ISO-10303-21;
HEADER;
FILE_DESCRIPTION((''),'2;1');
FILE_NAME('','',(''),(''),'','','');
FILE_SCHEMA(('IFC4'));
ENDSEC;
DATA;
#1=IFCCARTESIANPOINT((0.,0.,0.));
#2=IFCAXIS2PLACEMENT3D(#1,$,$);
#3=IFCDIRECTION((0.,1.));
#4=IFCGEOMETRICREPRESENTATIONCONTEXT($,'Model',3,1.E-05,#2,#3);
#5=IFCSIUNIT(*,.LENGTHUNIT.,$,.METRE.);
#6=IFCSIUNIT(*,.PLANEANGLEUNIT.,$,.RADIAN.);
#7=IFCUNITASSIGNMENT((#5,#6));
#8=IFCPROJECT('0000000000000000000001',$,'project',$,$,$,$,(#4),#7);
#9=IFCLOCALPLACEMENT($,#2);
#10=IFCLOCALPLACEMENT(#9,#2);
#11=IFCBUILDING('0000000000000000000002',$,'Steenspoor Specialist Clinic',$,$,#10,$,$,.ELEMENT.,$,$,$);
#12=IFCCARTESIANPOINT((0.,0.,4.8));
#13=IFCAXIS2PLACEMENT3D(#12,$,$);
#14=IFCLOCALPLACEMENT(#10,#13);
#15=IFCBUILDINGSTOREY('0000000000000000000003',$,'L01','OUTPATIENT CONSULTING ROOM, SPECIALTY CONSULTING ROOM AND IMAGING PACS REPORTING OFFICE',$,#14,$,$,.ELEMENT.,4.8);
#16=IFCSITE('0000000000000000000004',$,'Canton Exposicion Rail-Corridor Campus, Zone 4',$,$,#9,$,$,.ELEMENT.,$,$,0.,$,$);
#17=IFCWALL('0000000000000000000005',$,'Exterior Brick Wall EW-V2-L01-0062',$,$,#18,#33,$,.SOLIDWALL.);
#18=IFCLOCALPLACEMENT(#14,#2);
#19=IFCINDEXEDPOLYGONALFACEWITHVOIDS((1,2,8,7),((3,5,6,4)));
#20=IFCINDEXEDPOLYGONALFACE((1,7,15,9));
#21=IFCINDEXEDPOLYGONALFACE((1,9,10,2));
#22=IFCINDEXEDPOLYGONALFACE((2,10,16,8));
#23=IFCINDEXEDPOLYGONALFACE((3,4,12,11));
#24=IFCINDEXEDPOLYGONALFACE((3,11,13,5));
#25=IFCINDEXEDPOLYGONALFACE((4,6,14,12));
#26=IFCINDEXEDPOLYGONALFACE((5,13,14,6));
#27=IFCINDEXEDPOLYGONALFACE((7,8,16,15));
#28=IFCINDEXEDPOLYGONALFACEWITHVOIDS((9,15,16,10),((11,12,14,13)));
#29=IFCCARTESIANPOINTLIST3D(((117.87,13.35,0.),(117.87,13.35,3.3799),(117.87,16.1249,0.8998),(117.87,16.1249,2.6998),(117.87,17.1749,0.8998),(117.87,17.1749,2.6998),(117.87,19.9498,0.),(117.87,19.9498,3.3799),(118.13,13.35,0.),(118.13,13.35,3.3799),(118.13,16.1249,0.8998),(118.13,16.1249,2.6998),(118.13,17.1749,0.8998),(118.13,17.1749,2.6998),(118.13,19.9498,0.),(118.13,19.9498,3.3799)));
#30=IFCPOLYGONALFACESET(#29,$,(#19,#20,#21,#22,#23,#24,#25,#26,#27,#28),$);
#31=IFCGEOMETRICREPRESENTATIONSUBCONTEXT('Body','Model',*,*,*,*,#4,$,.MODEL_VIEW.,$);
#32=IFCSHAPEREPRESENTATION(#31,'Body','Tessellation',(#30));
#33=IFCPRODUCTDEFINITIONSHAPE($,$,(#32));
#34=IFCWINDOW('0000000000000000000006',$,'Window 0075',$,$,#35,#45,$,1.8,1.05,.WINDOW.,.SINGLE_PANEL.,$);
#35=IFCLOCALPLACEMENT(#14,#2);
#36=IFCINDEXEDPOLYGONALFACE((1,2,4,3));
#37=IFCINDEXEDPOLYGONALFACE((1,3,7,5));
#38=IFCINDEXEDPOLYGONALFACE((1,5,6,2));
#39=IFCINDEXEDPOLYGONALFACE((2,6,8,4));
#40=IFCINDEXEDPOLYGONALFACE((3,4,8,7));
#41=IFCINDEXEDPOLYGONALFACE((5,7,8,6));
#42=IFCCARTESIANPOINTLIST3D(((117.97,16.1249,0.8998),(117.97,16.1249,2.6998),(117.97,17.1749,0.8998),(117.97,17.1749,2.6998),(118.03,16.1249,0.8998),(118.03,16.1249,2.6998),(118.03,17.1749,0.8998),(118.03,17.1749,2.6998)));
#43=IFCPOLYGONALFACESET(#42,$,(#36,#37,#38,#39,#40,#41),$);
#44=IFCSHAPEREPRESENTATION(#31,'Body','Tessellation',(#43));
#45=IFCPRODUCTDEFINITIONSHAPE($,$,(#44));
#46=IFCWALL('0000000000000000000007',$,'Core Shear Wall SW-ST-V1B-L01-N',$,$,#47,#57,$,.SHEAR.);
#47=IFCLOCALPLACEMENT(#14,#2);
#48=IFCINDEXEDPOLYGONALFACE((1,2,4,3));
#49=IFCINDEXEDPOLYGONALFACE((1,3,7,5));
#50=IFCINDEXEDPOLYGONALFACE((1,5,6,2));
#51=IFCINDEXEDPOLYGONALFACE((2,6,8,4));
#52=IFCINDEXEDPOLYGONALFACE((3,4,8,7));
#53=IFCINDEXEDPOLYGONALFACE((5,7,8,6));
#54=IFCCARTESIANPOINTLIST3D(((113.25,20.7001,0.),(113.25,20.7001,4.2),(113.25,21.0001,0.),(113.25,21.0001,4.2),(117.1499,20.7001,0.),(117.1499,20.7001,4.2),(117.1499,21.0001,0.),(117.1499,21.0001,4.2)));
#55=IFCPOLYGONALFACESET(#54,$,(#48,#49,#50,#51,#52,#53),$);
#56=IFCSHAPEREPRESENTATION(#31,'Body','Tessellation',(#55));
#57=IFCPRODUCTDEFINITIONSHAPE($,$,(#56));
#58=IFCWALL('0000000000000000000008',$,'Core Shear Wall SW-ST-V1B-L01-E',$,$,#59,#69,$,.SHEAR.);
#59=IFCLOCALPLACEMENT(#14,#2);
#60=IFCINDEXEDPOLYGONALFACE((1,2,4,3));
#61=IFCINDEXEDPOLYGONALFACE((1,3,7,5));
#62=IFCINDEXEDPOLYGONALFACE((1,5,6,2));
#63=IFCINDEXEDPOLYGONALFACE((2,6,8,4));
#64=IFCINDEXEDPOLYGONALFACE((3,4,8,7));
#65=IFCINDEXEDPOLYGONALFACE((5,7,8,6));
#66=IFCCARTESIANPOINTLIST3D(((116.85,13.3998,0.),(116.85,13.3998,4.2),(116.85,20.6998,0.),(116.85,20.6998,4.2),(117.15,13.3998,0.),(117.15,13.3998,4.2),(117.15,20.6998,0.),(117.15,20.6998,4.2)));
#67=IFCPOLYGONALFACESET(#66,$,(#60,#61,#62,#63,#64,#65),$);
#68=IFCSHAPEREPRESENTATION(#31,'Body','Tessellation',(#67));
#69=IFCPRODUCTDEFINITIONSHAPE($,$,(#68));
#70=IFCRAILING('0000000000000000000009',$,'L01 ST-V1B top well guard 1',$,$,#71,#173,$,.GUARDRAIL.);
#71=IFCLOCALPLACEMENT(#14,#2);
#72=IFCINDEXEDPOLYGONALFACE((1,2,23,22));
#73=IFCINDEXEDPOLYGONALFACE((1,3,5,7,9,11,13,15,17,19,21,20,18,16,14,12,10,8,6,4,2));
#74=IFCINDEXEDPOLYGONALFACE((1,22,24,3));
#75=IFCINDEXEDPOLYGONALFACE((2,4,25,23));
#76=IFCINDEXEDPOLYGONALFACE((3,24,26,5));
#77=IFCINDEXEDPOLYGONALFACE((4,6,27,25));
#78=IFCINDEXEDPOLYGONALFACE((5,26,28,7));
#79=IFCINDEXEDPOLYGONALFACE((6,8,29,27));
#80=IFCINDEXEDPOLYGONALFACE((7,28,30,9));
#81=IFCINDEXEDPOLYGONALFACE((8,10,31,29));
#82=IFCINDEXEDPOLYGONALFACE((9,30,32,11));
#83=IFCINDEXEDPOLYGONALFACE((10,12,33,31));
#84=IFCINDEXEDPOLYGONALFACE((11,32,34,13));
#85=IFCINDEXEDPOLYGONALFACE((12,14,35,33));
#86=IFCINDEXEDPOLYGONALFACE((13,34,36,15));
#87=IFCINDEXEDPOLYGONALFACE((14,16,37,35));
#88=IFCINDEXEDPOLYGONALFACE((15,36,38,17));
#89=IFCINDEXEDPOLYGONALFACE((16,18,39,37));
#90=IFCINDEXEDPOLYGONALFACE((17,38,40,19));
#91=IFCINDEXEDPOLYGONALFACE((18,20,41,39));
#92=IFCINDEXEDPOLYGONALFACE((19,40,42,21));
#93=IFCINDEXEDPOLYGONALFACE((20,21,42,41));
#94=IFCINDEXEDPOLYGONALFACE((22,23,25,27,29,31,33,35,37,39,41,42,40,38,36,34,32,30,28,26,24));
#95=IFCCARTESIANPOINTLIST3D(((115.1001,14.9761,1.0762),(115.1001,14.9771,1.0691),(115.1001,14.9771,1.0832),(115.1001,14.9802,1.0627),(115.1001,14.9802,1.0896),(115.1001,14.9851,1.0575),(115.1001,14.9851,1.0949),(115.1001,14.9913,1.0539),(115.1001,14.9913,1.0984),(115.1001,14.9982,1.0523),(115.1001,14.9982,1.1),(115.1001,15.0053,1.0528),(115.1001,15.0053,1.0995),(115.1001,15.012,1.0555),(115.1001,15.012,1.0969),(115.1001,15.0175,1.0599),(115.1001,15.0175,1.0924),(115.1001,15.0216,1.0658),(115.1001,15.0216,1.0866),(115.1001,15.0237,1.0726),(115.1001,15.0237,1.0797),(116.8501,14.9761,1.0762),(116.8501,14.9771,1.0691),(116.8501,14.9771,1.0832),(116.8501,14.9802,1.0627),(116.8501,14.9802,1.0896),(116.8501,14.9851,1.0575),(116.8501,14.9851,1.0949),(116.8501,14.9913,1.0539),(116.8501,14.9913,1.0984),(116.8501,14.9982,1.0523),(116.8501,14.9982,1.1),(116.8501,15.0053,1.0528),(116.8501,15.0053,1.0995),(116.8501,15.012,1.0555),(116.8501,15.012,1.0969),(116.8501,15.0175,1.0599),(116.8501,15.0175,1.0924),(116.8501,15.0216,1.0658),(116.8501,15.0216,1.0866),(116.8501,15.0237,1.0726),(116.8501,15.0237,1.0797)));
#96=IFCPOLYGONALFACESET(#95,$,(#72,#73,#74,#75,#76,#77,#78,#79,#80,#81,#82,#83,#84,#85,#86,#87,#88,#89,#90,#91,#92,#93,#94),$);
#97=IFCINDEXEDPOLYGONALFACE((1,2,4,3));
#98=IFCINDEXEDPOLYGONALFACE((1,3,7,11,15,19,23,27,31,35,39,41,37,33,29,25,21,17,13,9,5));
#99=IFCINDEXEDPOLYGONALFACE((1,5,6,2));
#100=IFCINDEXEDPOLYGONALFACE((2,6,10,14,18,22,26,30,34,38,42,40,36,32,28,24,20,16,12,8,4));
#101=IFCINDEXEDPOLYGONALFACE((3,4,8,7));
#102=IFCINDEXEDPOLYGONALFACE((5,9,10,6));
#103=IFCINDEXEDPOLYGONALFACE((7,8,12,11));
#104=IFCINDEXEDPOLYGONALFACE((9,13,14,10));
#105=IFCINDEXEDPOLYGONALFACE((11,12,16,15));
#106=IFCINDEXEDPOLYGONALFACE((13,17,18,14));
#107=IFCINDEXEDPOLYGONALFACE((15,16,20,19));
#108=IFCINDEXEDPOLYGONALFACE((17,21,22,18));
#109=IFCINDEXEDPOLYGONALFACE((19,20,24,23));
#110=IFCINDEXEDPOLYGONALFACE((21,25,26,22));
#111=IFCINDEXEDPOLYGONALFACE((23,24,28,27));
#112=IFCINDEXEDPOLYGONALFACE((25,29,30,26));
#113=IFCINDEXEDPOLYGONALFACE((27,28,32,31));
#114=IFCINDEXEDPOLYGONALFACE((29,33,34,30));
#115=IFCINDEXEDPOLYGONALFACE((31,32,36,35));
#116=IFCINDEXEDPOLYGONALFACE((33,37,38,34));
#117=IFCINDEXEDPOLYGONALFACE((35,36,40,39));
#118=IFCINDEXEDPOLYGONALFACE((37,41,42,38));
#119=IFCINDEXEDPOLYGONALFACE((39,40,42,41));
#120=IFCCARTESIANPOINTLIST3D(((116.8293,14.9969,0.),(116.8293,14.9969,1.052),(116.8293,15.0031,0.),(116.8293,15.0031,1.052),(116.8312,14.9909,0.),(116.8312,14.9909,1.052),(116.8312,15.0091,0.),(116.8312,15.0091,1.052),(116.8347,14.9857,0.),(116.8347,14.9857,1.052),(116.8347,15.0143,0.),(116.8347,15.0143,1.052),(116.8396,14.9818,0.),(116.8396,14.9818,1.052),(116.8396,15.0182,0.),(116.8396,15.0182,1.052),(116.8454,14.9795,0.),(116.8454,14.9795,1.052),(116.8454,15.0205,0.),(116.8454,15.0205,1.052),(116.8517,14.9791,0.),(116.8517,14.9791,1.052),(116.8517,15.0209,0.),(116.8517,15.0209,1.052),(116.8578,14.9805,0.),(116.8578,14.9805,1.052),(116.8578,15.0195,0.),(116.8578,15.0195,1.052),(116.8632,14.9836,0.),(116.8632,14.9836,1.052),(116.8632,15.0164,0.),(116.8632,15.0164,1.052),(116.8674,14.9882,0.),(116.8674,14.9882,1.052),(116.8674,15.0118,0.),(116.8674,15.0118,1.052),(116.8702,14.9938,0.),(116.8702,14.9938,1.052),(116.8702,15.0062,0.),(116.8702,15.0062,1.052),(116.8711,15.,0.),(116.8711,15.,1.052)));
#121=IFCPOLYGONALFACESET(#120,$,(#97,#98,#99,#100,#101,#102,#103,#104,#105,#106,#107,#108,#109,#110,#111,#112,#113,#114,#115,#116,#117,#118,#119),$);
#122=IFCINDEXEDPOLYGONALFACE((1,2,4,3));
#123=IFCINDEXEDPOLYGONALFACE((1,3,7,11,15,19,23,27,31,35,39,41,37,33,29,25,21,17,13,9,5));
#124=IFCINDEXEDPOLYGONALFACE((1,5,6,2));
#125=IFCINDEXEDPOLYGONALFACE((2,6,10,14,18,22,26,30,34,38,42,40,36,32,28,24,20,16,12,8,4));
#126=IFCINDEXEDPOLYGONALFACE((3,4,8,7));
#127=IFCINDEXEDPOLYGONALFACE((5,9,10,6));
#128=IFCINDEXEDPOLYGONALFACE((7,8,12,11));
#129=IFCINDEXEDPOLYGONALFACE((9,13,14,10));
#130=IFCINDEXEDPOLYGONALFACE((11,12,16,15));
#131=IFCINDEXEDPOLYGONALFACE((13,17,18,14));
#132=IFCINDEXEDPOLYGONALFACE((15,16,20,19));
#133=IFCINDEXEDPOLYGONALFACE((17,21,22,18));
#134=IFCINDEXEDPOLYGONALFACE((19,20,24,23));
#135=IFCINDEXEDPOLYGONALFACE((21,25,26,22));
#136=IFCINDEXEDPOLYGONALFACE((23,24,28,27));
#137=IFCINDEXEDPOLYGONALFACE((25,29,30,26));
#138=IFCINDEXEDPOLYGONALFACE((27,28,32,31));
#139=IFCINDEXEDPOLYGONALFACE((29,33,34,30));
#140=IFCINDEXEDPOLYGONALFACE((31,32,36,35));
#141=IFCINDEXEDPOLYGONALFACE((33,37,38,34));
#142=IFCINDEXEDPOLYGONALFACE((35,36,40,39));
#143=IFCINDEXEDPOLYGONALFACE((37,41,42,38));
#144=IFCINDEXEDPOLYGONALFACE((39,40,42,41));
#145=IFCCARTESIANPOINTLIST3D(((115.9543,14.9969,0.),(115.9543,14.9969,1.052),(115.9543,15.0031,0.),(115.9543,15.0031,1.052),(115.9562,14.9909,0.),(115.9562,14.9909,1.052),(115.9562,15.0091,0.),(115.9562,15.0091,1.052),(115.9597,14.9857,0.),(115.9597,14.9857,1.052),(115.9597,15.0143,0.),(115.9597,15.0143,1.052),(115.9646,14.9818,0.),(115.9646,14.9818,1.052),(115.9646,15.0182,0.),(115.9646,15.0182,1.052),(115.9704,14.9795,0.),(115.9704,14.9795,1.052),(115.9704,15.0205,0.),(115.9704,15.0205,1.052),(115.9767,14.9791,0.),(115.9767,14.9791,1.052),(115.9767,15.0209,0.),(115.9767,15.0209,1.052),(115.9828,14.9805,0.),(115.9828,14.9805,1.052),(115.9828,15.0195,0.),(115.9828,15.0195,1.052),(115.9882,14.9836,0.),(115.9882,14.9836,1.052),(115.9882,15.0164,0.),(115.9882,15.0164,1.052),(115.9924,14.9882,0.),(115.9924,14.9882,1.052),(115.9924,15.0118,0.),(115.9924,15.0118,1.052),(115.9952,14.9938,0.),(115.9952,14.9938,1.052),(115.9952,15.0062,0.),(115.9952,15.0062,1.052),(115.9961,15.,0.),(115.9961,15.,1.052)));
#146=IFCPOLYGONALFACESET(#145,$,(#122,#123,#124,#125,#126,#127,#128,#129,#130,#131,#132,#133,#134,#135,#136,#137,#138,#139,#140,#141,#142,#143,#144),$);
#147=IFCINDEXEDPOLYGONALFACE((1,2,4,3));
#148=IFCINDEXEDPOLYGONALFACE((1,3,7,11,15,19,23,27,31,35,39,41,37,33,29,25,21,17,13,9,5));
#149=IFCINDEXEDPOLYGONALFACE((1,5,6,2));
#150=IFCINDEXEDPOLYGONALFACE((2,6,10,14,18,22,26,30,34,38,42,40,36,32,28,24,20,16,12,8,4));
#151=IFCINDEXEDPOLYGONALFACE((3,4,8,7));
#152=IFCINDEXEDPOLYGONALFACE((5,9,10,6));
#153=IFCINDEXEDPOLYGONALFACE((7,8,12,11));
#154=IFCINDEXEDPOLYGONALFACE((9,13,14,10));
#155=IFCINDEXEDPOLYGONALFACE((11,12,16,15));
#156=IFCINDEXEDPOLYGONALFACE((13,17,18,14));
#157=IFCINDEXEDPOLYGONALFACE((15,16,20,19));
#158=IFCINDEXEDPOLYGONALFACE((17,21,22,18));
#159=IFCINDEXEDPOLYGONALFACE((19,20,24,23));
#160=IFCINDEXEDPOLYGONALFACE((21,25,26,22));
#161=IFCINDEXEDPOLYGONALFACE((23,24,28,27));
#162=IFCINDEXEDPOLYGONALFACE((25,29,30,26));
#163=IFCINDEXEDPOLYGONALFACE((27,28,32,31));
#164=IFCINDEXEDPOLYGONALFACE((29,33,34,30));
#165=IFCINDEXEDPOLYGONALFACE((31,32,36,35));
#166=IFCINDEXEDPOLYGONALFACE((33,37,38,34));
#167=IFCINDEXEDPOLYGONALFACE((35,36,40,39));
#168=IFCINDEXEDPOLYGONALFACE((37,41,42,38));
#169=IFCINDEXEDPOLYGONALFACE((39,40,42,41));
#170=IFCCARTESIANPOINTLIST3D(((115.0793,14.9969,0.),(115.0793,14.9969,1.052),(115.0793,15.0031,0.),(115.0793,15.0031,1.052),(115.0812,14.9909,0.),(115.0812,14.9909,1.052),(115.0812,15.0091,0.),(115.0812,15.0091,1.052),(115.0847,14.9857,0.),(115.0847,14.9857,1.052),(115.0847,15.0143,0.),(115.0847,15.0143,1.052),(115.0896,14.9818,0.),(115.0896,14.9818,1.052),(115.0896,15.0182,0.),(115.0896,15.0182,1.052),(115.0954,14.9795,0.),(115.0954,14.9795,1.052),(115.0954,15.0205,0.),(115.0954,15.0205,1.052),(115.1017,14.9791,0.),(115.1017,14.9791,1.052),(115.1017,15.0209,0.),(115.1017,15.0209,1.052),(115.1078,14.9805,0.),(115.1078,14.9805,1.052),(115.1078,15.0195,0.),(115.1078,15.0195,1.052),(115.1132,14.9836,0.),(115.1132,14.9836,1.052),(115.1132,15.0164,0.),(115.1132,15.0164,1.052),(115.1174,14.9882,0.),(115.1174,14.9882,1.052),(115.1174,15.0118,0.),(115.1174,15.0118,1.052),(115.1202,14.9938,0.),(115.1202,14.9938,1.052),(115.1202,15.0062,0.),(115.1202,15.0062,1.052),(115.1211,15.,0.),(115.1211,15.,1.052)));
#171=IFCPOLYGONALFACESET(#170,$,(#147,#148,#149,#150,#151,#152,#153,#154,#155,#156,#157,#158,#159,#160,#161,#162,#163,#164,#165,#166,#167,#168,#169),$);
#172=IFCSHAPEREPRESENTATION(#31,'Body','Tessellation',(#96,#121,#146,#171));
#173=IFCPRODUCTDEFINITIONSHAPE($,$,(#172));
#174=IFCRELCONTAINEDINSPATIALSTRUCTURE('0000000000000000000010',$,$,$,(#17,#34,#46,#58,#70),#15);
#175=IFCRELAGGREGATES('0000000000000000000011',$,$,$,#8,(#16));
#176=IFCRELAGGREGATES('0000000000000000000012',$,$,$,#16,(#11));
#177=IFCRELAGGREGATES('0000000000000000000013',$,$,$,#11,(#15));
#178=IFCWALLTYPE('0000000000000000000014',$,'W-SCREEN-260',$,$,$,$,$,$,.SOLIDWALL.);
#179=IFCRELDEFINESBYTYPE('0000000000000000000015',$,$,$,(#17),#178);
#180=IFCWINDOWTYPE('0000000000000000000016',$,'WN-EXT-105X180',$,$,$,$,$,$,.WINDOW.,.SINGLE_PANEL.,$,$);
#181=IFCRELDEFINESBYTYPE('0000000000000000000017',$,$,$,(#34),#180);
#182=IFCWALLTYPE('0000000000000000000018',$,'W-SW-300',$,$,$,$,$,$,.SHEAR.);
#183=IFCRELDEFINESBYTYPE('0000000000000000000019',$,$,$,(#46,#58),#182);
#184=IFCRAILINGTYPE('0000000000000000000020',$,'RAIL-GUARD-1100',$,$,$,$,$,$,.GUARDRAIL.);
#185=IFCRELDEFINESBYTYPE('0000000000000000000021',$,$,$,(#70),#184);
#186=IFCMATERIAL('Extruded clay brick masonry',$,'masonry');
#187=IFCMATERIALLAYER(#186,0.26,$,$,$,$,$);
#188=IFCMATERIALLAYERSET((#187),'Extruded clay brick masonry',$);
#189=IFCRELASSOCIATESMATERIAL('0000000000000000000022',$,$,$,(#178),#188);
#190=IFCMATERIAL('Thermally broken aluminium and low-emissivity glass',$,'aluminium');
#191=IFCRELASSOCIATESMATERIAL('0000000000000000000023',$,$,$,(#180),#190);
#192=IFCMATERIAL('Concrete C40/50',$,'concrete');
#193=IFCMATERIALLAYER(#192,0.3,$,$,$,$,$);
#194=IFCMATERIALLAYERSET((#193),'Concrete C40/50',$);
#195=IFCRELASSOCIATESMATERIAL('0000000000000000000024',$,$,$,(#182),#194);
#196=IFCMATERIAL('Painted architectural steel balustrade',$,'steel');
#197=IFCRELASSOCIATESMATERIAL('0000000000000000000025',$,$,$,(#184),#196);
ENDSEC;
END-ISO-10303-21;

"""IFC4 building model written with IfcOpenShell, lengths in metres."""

from ifc_helpers import new_model, si_unit, direction, frame, frame_2d, origin, origin_2d, place, context, subcontext, project, spatial, rectangle, circle, extrude, material, layer, layer_set, type_object, element, fill, save


model = new_model("IFC4")

# Units and contexts
model_context = context("Model", 3, precision=1e-05, world=origin(), true_north=direction((0.0, 1.0)))
body_context = subcontext(model_context, "Body", "Model", "MODEL_VIEW")
ifc_project = project(units=[si_unit("LENGTHUNIT", "METRE"), si_unit("PLANEANGLEUNIT", "RADIAN")], contexts=[model_context])

# Site, building, storey
site_placement = place(None, origin())
site = spatial("IfcSite", under=ifc_project, at=site_placement, Name="Canton Exposicion Rail-Corridor Campus, Zone 4", CompositionType="ELEMENT", RefElevation=0.0)
building_placement = place(site_placement, origin())
building = spatial("IfcBuilding", under=site, at=building_placement, Name="Steenspoor Specialist Clinic", CompositionType="ELEMENT")
storey_placement = place(building_placement, frame((0.0, 0.0, 4.8)))
storey = spatial("IfcBuildingStorey", under=building, at=storey_placement, Name="L01", Description="OUTPATIENT CONSULTING ROOM, SPECIALTY CONSULTING ROOM AND IMAGING PACS REPORTING OFFICE", CompositionType="ELEMENT", Elevation=4.8)

# Shared definitions
ifc_material_1 = material(Name="Concrete C40/50", Category="concrete")

# Shared definitions
ifc_material_2 = material(Name="Extruded clay brick masonry", Category="masonry")
ifc_material_3 = material(Name="Thermally broken aluminium and low-emissivity glass", Category="aluminium")

# Wall, opening, window
ifc_layer_1 = layer(ifc_material_2, 0.26)
ifc_layer_set_1 = layer_set([ifc_layer_1], Name="Extruded clay brick masonry")
wall_type_1 = type_object("IfcWallType", Name="W-SCREEN-260", PredefinedType="SOLIDWALL", material=ifc_layer_set_1)
wall_1_placement = place(storey_placement, frame((118.0, 13.3501, 0.0), z_axis=(0.0, 0.0, 1.0), x_axis=(0.0, 1.0, 0.0)))
wall_1 = element("IfcWall", 1, at=wall_1_placement, inside=storey, type_object=wall_type_1, Name="Exterior Brick Wall EW-V2-L01-0062", PredefinedType="SOLIDWALL", context=body_context, shape_type="SweptSolid", body=[
    extrude(rectangle(XDim=6.5999, YDim=0.26, at=frame_2d((3.2998, 0.0))), origin(), (0.0, 0.0, 1.0), 3.3799),
])
opening_1_placement = place(wall_1_placement, frame((2.7749, 0.0, 0.8999)))
opening_1 = element("IfcOpeningElement", 2, at=opening_1_placement, cuts=wall_1, PredefinedType="OPENING", context=body_context, shape_type="SweptSolid", body=[
    extrude(rectangle(XDim=1.05, YDim=1.8, at=frame_2d((0.5249, 0.8999))), frame((0.0, 0.1401, 0.0), z_axis=(0.0, -1.0, 0.0), x_axis=(1.0, 0.0, 0.0)), (0.0, 0.0, 1.0), 0.28),
])
window_type_1 = type_object("IfcWindowType", Name="WN-EXT-105X180", PartitioningType="SINGLE_PANEL", PredefinedType="WINDOW", material=ifc_material_3)
window_1_placement = place(opening_1_placement, origin())
window_1 = element("IfcWindow", 3, at=window_1_placement, inside=storey, type_object=window_type_1, Name="Window 0075", OverallHeight=1.8, OverallWidth=1.05, PartitioningType="SINGLE_PANEL", PredefinedType="WINDOW", context=body_context, shape_type="SweptSolid", body=[
    extrude(rectangle(XDim=1.05, YDim=1.8, at=frame_2d((0.5249, 0.8999))), frame((0.0, 0.03, 0.0), z_axis=(0.0, -1.0, 0.0), x_axis=(1.0, 0.0, 0.0)), (0.0, 0.0, 1.0), 0.0601),
])
fill(opening_1, window_1)

# Wall
ifc_layer_2 = layer(ifc_material_1, 0.3)
ifc_layer_set_2 = layer_set([ifc_layer_2], Name="Concrete C40/50")
wall_type_2 = type_object("IfcWallType", Name="W-SW-300", PredefinedType="SHEAR", material=ifc_layer_set_2)
wall_2_placement = place(storey_placement, frame((113.25, 20.8501, 0.0), z_axis=(0.0, 0.0, 1.0), x_axis=(1.0, 0.0, 0.0)))
element("IfcWall", 4, at=wall_2_placement, inside=storey, type_object=wall_type_2, Name="Core Shear Wall SW-ST-V1B-L01-N", PredefinedType="SHEAR", context=body_context, shape_type="SweptSolid", body=[
    extrude(rectangle(XDim=3.8999, YDim=0.3, at=frame_2d((1.95, 0.0))), origin(), (0.0, 0.0, 1.0), 4.2),
])

# Wall
wall_3_placement = place(storey_placement, frame((117.0, 13.3999, 0.0), z_axis=(0.0, 0.0, 1.0), x_axis=(0.0, 1.0, 0.0)))
element("IfcWall", 5, at=wall_3_placement, inside=storey, type_object=wall_type_2, Name="Core Shear Wall SW-ST-V1B-L01-E", PredefinedType="SHEAR", context=body_context, shape_type="SweptSolid", body=[
    extrude(rectangle(XDim=7.3, YDim=0.3, at=frame_2d((3.6499, 0.0))), origin(), (0.0, 0.0, 1.0), 4.2),
])

# Railing
ifc_material_4 = material(Name="Painted architectural steel balustrade", Category="steel")
railing_type = type_object("IfcRailingType", Name="RAIL-GUARD-1100", PredefinedType="GUARDRAIL", material=ifc_material_4)
railing_placement = place(storey_placement, frame((116.8501, 15.0, 0.0)))
element("IfcRailing", 6, at=railing_placement, inside=storey, type_object=railing_type, Name="L01 ST-V1B top well guard 1", PredefinedType="GUARDRAIL", context=body_context, shape_type="SweptSolid", body=[
    extrude(circle(Radius=0.0239, at=origin_2d()), frame((0.0, 0.0, 1.0762), z_axis=(-1.0, 0.0, 0.0), x_axis=(0.0, -1.0, 0.0)), (0.0, 0.0, 1.0), 1.75),
    extrude(circle(Radius=0.021, at=origin_2d()), origin(), (0.0, 0.0, 1.0), 1.052),
    extrude(circle(Radius=0.021, at=origin_2d()), frame((-0.875, 0.0, 0.0)), (0.0, 0.0, 1.0), 1.052),
    extrude(circle(Radius=0.021, at=origin_2d()), frame((-1.75, 0.0, 0.0)), (0.0, 0.0, 1.0), 1.052),
])

save(model, "model.ifc")
